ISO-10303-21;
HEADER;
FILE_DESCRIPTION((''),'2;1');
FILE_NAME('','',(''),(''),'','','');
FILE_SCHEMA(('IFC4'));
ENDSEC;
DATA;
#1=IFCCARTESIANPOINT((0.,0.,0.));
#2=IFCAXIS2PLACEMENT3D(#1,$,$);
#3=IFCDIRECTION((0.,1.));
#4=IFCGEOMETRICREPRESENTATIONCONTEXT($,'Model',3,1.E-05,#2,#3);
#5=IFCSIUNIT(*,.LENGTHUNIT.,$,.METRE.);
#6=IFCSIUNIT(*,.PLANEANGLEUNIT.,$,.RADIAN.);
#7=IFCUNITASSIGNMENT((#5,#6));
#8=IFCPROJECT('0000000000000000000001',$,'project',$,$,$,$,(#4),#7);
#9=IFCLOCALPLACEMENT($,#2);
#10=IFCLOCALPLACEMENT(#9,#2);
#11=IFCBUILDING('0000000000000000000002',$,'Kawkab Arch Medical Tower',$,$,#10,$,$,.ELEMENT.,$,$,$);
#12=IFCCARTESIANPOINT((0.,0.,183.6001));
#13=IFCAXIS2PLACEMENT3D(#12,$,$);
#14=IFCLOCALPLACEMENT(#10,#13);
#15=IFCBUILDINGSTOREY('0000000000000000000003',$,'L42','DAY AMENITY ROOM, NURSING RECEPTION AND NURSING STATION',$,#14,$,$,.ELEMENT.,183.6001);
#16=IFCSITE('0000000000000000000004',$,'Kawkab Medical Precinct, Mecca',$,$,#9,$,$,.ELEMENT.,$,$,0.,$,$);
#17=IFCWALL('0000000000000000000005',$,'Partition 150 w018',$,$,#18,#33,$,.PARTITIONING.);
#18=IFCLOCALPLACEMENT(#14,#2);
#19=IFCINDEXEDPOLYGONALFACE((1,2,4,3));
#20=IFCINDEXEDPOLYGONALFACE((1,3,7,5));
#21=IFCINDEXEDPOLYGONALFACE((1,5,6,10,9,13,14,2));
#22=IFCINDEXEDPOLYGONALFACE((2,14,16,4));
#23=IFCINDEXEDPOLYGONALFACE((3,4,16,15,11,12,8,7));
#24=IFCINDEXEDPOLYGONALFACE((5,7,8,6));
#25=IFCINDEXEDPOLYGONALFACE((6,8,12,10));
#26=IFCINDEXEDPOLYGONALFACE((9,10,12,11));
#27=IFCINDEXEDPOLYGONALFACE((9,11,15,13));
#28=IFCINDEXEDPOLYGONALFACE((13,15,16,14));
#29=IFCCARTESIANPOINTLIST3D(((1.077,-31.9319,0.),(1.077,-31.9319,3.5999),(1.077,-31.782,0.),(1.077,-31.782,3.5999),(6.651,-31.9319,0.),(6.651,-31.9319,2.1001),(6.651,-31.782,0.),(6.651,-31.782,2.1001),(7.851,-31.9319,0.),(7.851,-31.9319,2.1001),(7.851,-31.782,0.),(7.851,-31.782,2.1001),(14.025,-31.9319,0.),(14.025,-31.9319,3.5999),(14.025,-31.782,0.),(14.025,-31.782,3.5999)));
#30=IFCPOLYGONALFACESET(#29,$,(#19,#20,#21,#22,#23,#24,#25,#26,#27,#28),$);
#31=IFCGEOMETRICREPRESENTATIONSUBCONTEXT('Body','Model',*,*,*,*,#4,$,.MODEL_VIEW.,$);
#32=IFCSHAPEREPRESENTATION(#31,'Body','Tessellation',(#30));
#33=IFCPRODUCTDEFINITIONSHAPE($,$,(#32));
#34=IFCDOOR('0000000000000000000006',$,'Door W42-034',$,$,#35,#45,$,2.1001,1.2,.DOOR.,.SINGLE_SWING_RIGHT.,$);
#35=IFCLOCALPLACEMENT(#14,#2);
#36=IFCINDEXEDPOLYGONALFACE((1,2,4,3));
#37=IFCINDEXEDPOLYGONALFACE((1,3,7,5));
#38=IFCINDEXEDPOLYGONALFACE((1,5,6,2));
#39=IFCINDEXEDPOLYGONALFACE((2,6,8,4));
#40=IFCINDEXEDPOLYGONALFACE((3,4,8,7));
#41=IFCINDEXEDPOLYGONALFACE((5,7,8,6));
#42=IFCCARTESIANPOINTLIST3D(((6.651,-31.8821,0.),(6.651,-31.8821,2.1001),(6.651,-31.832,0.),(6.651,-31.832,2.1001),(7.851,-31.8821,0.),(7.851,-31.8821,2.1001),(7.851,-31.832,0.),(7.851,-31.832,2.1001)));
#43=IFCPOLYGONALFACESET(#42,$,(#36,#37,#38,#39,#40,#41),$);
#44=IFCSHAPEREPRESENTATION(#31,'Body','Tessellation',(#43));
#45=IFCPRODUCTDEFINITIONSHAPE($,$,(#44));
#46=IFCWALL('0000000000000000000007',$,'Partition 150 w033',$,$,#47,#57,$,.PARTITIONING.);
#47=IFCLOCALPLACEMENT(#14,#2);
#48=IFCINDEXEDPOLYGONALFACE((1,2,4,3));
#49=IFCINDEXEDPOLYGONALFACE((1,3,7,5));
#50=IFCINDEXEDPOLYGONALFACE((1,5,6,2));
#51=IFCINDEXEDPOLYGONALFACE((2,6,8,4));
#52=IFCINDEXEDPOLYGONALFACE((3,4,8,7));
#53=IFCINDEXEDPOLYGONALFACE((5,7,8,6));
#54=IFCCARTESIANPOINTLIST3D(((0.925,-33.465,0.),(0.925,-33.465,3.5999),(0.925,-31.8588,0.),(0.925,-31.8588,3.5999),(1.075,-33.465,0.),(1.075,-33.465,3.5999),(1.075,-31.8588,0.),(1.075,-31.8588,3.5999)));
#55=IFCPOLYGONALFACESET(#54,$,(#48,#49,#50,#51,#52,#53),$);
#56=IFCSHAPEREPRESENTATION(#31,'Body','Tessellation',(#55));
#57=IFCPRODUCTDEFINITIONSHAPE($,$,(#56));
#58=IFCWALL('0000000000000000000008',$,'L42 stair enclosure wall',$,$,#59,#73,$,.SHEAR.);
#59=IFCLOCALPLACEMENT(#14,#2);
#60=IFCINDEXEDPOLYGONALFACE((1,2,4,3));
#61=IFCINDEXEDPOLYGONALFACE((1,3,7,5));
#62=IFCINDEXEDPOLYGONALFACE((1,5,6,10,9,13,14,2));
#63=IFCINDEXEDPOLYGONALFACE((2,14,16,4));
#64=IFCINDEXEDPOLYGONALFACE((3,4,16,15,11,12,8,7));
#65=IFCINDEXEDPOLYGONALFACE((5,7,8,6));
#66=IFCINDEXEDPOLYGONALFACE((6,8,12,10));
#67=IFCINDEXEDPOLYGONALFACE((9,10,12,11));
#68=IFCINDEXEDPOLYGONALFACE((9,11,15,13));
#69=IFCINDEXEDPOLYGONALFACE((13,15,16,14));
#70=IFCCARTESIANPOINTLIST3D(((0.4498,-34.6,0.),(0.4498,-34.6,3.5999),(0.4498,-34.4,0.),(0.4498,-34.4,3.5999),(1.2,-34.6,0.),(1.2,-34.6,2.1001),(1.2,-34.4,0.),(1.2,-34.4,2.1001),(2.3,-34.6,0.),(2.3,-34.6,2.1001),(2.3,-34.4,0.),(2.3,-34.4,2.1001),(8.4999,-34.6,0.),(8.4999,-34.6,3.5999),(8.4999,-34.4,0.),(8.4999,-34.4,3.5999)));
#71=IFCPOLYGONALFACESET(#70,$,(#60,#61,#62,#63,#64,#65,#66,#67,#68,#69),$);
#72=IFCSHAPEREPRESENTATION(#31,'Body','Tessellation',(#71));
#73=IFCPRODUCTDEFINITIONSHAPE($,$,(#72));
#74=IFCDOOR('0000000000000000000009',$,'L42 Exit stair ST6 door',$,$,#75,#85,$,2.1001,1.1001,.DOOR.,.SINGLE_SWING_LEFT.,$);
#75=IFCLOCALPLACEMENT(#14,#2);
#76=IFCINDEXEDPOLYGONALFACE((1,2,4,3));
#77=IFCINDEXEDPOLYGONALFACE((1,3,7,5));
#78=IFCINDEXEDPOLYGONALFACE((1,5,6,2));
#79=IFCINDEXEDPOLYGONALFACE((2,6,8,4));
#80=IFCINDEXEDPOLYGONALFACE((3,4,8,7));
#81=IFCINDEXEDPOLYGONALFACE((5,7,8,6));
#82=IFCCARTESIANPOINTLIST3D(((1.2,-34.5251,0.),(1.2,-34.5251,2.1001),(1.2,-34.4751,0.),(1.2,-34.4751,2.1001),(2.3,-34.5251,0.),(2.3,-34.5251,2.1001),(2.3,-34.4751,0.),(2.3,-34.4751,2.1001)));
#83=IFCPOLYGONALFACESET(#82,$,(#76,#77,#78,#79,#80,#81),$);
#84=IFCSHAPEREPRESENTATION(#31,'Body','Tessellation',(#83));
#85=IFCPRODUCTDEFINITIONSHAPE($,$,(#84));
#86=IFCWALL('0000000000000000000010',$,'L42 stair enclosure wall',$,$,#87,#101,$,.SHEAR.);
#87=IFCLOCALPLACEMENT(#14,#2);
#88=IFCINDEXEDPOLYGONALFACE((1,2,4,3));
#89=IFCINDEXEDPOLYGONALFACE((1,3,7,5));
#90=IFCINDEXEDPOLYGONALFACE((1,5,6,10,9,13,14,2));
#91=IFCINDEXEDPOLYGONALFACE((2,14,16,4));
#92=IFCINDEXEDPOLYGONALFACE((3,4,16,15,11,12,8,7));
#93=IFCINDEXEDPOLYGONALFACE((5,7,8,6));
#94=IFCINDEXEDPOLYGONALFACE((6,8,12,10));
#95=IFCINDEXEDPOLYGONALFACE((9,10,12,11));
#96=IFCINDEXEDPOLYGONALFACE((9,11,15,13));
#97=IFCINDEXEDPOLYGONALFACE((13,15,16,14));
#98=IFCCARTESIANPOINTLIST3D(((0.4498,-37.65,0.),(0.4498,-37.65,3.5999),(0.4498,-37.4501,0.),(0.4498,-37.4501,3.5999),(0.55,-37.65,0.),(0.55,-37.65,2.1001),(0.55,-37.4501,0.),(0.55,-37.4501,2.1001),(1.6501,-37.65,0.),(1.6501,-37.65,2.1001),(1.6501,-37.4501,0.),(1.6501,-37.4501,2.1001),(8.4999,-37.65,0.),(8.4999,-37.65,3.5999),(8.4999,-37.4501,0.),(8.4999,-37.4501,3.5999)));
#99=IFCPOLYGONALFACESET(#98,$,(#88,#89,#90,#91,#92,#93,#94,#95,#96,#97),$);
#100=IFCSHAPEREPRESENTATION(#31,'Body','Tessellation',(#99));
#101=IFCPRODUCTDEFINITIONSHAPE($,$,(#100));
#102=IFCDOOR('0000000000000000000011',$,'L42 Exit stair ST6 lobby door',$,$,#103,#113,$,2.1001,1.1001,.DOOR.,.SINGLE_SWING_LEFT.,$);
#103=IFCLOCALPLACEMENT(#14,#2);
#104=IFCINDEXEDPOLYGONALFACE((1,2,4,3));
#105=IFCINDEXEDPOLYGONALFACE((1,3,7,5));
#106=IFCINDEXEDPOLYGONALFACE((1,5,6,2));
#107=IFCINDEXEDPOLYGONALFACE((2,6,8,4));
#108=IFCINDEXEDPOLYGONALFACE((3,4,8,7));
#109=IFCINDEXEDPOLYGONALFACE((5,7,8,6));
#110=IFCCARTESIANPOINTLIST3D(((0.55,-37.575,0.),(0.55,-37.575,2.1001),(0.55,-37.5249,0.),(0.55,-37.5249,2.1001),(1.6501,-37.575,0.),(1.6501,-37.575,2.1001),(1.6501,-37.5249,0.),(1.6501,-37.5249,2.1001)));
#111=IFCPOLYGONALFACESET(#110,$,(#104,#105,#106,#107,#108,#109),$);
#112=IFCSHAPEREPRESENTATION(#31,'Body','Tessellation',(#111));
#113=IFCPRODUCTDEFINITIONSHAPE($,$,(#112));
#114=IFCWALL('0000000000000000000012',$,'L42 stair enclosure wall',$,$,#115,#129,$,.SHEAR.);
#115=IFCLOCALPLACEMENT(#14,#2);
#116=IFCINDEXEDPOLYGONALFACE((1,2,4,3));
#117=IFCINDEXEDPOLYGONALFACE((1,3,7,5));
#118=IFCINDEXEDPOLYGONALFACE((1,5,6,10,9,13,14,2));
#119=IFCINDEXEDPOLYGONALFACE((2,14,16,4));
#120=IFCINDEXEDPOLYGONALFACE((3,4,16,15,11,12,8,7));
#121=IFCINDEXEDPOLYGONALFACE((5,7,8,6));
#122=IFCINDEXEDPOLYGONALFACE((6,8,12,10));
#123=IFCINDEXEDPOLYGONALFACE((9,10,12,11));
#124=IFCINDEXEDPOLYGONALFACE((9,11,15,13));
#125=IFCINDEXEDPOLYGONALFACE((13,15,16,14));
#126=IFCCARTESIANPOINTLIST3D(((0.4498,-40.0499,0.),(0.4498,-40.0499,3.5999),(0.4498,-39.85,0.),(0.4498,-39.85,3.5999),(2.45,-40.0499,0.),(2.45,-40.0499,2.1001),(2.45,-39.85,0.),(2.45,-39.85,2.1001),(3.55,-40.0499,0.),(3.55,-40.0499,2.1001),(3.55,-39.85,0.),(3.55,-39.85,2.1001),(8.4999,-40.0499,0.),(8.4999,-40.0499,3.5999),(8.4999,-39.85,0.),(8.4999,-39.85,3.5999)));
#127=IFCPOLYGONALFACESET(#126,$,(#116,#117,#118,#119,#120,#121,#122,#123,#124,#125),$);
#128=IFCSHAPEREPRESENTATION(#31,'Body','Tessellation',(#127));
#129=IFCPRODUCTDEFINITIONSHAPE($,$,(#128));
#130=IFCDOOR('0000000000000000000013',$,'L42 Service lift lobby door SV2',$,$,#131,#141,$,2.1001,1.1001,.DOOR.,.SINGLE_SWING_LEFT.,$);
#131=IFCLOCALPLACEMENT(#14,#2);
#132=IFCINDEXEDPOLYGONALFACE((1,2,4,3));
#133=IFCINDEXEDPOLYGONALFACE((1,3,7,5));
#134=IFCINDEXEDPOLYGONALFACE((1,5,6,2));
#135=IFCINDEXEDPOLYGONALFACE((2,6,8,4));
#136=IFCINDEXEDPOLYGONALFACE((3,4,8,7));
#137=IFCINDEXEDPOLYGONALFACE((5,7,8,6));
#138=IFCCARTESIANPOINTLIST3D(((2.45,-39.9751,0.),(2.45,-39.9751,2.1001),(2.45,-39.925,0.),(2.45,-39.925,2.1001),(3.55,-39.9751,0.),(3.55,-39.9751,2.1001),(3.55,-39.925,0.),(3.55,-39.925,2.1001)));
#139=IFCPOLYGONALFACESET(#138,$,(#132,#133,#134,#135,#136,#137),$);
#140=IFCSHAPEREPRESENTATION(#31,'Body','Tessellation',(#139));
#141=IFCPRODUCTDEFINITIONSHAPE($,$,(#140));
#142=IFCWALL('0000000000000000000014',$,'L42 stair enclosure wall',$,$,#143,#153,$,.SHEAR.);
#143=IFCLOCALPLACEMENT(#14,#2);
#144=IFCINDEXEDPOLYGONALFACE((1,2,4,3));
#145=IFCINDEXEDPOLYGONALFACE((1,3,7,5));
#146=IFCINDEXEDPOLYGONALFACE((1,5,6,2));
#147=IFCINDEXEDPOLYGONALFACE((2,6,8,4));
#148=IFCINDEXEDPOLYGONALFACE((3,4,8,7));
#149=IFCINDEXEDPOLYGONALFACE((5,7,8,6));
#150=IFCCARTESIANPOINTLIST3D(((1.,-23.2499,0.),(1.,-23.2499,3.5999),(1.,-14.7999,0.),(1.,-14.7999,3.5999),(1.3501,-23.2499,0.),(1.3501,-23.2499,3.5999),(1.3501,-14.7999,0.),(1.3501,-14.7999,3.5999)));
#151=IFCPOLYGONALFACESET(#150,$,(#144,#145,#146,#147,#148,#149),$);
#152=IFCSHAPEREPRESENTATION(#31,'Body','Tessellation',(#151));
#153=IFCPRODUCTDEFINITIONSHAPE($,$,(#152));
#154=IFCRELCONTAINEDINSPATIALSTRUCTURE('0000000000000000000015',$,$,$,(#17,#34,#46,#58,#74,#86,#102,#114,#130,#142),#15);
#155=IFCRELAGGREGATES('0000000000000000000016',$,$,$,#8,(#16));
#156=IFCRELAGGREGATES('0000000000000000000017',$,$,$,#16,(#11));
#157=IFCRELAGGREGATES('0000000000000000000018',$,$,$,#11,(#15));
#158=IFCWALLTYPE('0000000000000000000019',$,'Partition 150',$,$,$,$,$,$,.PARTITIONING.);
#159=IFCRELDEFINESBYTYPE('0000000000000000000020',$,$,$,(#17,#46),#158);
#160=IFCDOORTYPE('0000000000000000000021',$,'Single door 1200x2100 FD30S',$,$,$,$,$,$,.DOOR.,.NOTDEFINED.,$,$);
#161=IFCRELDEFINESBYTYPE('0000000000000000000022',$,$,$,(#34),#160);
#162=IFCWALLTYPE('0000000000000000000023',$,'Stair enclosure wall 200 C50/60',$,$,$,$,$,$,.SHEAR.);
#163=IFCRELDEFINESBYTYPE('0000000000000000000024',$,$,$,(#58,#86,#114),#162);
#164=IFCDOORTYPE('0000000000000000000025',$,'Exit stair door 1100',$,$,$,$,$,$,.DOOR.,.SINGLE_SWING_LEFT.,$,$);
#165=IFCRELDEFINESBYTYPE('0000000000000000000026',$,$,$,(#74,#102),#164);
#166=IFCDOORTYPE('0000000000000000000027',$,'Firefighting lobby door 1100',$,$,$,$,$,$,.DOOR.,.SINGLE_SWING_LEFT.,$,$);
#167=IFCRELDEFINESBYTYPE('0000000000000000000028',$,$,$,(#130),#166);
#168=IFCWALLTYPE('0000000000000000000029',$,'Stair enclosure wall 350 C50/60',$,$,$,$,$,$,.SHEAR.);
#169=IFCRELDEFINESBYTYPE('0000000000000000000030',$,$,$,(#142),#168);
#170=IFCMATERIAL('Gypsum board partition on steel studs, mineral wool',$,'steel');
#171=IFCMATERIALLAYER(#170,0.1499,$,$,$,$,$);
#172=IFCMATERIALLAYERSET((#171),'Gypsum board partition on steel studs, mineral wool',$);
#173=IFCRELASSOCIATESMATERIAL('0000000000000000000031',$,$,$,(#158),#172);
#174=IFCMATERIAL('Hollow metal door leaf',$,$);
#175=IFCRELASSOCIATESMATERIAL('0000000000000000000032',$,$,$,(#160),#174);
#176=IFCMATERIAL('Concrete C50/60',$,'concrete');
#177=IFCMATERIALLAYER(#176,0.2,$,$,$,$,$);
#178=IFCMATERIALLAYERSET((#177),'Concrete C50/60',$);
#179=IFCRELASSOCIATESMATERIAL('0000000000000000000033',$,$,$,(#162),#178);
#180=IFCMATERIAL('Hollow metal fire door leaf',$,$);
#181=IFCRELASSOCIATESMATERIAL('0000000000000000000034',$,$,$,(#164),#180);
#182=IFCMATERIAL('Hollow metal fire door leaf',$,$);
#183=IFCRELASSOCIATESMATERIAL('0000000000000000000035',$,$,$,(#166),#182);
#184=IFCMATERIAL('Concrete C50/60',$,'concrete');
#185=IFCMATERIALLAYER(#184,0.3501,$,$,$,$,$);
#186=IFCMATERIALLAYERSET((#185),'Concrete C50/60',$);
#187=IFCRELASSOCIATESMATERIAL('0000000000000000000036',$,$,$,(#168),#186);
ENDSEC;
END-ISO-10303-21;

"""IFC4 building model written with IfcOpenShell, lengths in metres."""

from ifc_helpers import new_model, si_unit, direction, frame, frame_2d, origin, place, context, subcontext, project, spatial, rectangle, extrude, material, layer, layer_set, type_object, element, fill, save


model = new_model("IFC4")

# Units and contexts
model_context = context("Model", 3, precision=1e-05, world=origin(), true_north=direction((0.0, 1.0)))
body_context = subcontext(model_context, "Body", "Model", "MODEL_VIEW")
ifc_project = project(units=[si_unit("LENGTHUNIT", "METRE"), si_unit("PLANEANGLEUNIT", "RADIAN")], contexts=[model_context])

# Site, building, storey
site_placement = place(None, origin())
site = spatial("IfcSite", under=ifc_project, at=site_placement, Name="Kawkab Medical Precinct, Mecca", CompositionType="ELEMENT", RefElevation=0.0)
building_placement = place(site_placement, origin())
building = spatial("IfcBuilding", under=site, at=building_placement, Name="Kawkab Arch Medical Tower", CompositionType="ELEMENT")
storey_placement = place(building_placement, frame((0.0, 0.0, 183.6001)))
storey = spatial("IfcBuildingStorey", under=building, at=storey_placement, Name="L42", Description="DAY AMENITY ROOM, NURSING RECEPTION AND NURSING STATION", CompositionType="ELEMENT", Elevation=183.6001)

# Shared definitions
ifc_material_1 = material(Name="Gypsum board partition on steel studs, mineral wool", Category="steel")
ifc_layer_1 = layer(ifc_material_1, 0.1499)
ifc_layer_set_1 = layer_set([ifc_layer_1], Name="Gypsum board partition on steel studs, mineral wool")
wall_type_1 = type_object("IfcWallType", Name="Partition 150", PredefinedType="PARTITIONING", material=ifc_layer_set_1)

# Wall, opening, door
wall_1_placement = place(storey_placement, frame((1.0769, -31.8569, 0.0), z_axis=(0.0, 0.0, 1.0), x_axis=(1.0, 0.0, 0.0)))
wall_1 = element("IfcWall", 1, at=wall_1_placement, inside=storey, type_object=wall_type_1, Name="Partition 150 w018", PredefinedType="PARTITIONING", context=body_context, shape_type="SweptSolid", body=[
    extrude(rectangle(XDim=12.948, YDim=0.1499, at=frame_2d((6.4741, 0.0))), origin(), (0.0, 0.0, 1.0), 3.5999),
])
opening_1_placement = place(wall_1_placement, frame((5.574, 0.0, 0.0)))
opening_1 = element("IfcOpeningElement", 2, at=opening_1_placement, cuts=wall_1, PredefinedType="OPENING", context=body_context, shape_type="SweptSolid", body=[
    extrude(rectangle(XDim=1.2, YDim=2.1001, at=frame_2d((0.6001, 1.05))), frame((0.0, 0.085, 0.0), z_axis=(0.0, -1.0, 0.0), x_axis=(1.0, 0.0, 0.0)), (0.0, 0.0, 1.0), 0.1699),
])
ifc_material_2 = material(Name="Hollow metal door leaf")
door_type_1 = type_object("IfcDoorType", Name="Single door 1200x2100 FD30S", OperationType="NOTDEFINED", PredefinedType="DOOR", material=ifc_material_2)
door_1_placement = place(opening_1_placement, origin())
door_1 = element("IfcDoor", 3, at=door_1_placement, inside=storey, type_object=door_type_1, Name="Door W42-034", OperationType="SINGLE_SWING_RIGHT", OverallHeight=2.1001, OverallWidth=1.2, PredefinedType="DOOR", context=body_context, shape_type="SweptSolid", body=[
    extrude(rectangle(XDim=1.2, YDim=2.1001, at=frame_2d((0.6001, 1.05))), frame((0.0, 0.0249, 0.0), z_axis=(0.0, -1.0, 0.0), x_axis=(1.0, 0.0, 0.0)), (0.0, 0.0, 1.0), 0.05),
])
fill(opening_1, door_1)

# Wall
wall_2_placement = place(storey_placement, frame((1.0, -33.4651, 0.0), z_axis=(0.0, 0.0, 1.0), x_axis=(0.0, 1.0, 0.0)))
element("IfcWall", 4, at=wall_2_placement, inside=storey, type_object=wall_type_1, Name="Partition 150 w033", PredefinedType="PARTITIONING", context=body_context, shape_type="SweptSolid", body=[
    extrude(rectangle(XDim=1.6062, YDim=0.1499, at=frame_2d((0.8032, 0.0))), origin(), (0.0, 0.0, 1.0), 3.5999),
])

# Walls, openings, doors
ifc_material_3 = material(Name="Concrete C50/60", Category="concrete")
ifc_layer_2 = layer(ifc_material_3, 0.2)
ifc_layer_set_2 = layer_set([ifc_layer_2], Name="Concrete C50/60")
wall_type_2 = type_object("IfcWallType", Name="Stair enclosure wall 200 C50/60", PredefinedType="SHEAR", material=ifc_layer_set_2)
wall_3_placement = place(storey_placement, frame((0.45, -34.5, 0.0), z_axis=(0.0, 0.0, 1.0), x_axis=(1.0, 0.0, 0.0)))
wall_3 = element("IfcWall", 5, at=wall_3_placement, inside=storey, type_object=wall_type_2, Name="L42 stair enclosure wall", PredefinedType="SHEAR", context=body_context, shape_type="SweptSolid", body=[
    extrude(rectangle(XDim=8.05, YDim=0.2, at=frame_2d((4.0249, 0.0))), origin(), (0.0, 0.0, 1.0), 3.5999),
])
opening_2_placement = place(wall_3_placement, frame((0.75, 0.0, 0.0)))
opening_2 = element("IfcOpeningElement", 6, at=opening_2_placement, cuts=wall_3, PredefinedType="OPENING", context=body_context, shape_type="SweptSolid", body=[
    extrude(rectangle(XDim=1.1001, YDim=2.1001, at=frame_2d((0.55, 1.05))), frame((0.0, 0.1099, 0.0), z_axis=(0.0, -1.0, 0.0), x_axis=(1.0, 0.0, 0.0)), (0.0, 0.0, 1.0), 0.22),
])
ifc_material_4 = material(Name="Hollow metal fire door leaf")
door_type_2 = type_object("IfcDoorType", Name="Exit stair door 1100", OperationType="SINGLE_SWING_LEFT", PredefinedType="DOOR", material=ifc_material_4)
door_2_placement = place(opening_2_placement, origin())
door_2 = element("IfcDoor", 7, at=door_2_placement, inside=storey, type_object=door_type_2, Name="L42 Exit stair ST6 door", OperationType="SINGLE_SWING_LEFT", OverallHeight=2.1001, OverallWidth=1.1001, PredefinedType="DOOR", context=body_context, shape_type="SweptSolid", body=[
    extrude(rectangle(XDim=1.1001, YDim=2.1001, at=frame_2d((0.55, 1.05))), frame((0.0, 0.0249, 0.0), z_axis=(0.0, -1.0, 0.0), x_axis=(1.0, 0.0, 0.0)), (0.0, 0.0, 1.0), 0.05),
])
fill(opening_2, door_2)
wall_4_placement = place(storey_placement, frame((0.45, -37.55, 0.0), z_axis=(0.0, 0.0, 1.0), x_axis=(1.0, 0.0, 0.0)))
wall_4 = element("IfcWall", 8, at=wall_4_placement, inside=storey, type_object=wall_type_2, Name="L42 stair enclosure wall", PredefinedType="SHEAR", context=body_context, shape_type="SweptSolid", body=[
    extrude(rectangle(XDim=8.05, YDim=0.2, at=frame_2d((4.0249, 0.0))), origin(), (0.0, 0.0, 1.0), 3.5999),
])
opening_3_placement = place(wall_4_placement, frame((0.1001, 0.0, 0.0)))
opening_3 = element("IfcOpeningElement", 9, at=opening_3_placement, cuts=wall_4, PredefinedType="OPENING", context=body_context, shape_type="SweptSolid", body=[
    extrude(rectangle(XDim=1.1001, YDim=2.1001, at=frame_2d((0.55, 1.05))), frame((0.0, 0.1099, 0.0), z_axis=(0.0, -1.0, 0.0), x_axis=(1.0, 0.0, 0.0)), (0.0, 0.0, 1.0), 0.22),
])
door_3_placement = place(opening_3_placement, frame((1.1001, 0.0, 0.0), z_axis=(0.0, 0.0, 1.0), x_axis=(-1.0, 0.0, 0.0)))
door_3 = element("IfcDoor", 10, at=door_3_placement, inside=storey, type_object=door_type_2, Name="L42 Exit stair ST6 lobby door", OperationType="SINGLE_SWING_LEFT", OverallHeight=2.1001, OverallWidth=1.1001, PredefinedType="DOOR", context=body_context, shape_type="SweptSolid", body=[
    extrude(rectangle(XDim=1.1001, YDim=2.1001, at=frame_2d((0.55, 1.05))), frame((0.0, 0.0249, 0.0), z_axis=(0.0, -1.0, 0.0), x_axis=(1.0, 0.0, 0.0)), (0.0, 0.0, 1.0), 0.05),
])
fill(opening_3, door_3)
wall_5_placement = place(storey_placement, frame((0.45, -39.95, 0.0), z_axis=(0.0, 0.0, 1.0), x_axis=(1.0, 0.0, 0.0)))
wall_5 = element("IfcWall", 11, at=wall_5_placement, inside=storey, type_object=wall_type_2, Name="L42 stair enclosure wall", PredefinedType="SHEAR", context=body_context, shape_type="SweptSolid", body=[
    extrude(rectangle(XDim=8.05, YDim=0.2, at=frame_2d((4.0249, 0.0))), origin(), (0.0, 0.0, 1.0), 3.5999),
])
opening_4_placement = place(wall_5_placement, frame((2.0, 0.0, 0.0)))
opening_4 = element("IfcOpeningElement", 12, at=opening_4_placement, cuts=wall_5, PredefinedType="OPENING", context=body_context, shape_type="SweptSolid", body=[
    extrude(rectangle(XDim=1.1001, YDim=2.1001, at=frame_2d((0.55, 1.05))), frame((0.0, 0.1099, 0.0), z_axis=(0.0, -1.0, 0.0), x_axis=(1.0, 0.0, 0.0)), (0.0, 0.0, 1.0), 0.22),
])
ifc_material_5 = material(Name="Hollow metal fire door leaf")
door_type_3 = type_object("IfcDoorType", Name="Firefighting lobby door 1100", OperationType="SINGLE_SWING_LEFT", PredefinedType="DOOR", material=ifc_material_5)
door_4_placement = place(opening_4_placement, origin())
door_4 = element("IfcDoor", 13, at=door_4_placement, inside=storey, type_object=door_type_3, Name="L42 Service lift lobby door SV2", OperationType="SINGLE_SWING_LEFT", OverallHeight=2.1001, OverallWidth=1.1001, PredefinedType="DOOR", context=body_context, shape_type="SweptSolid", body=[
    extrude(rectangle(XDim=1.1001, YDim=2.1001, at=frame_2d((0.55, 1.05))), frame((0.0, 0.0249, 0.0), z_axis=(0.0, -1.0, 0.0), x_axis=(1.0, 0.0, 0.0)), (0.0, 0.0, 1.0), 0.05),
])
fill(opening_4, door_4)

# Wall
ifc_material_6 = material(Name="Concrete C50/60", Category="concrete")
ifc_layer_3 = layer(ifc_material_6, 0.3501)
ifc_layer_set_3 = layer_set([ifc_layer_3], Name="Concrete C50/60")
wall_type_3 = type_object("IfcWallType", Name="Stair enclosure wall 350 C50/60", PredefinedType="SHEAR", material=ifc_layer_set_3)
wall_6_placement = place(storey_placement, frame((1.175, -23.25, 0.0), z_axis=(0.0, 0.0, 1.0), x_axis=(0.0, 1.0, 0.0)))
element("IfcWall", 14, at=wall_6_placement, inside=storey, type_object=wall_type_3, Name="L42 stair enclosure wall", PredefinedType="SHEAR", context=body_context, shape_type="SweptSolid", body=[
    extrude(rectangle(XDim=8.45, YDim=0.3501, at=frame_2d((4.2251, 0.0))), origin(), (0.0, 0.0, 1.0), 3.5999),
])

save(model, "model.ifc")
